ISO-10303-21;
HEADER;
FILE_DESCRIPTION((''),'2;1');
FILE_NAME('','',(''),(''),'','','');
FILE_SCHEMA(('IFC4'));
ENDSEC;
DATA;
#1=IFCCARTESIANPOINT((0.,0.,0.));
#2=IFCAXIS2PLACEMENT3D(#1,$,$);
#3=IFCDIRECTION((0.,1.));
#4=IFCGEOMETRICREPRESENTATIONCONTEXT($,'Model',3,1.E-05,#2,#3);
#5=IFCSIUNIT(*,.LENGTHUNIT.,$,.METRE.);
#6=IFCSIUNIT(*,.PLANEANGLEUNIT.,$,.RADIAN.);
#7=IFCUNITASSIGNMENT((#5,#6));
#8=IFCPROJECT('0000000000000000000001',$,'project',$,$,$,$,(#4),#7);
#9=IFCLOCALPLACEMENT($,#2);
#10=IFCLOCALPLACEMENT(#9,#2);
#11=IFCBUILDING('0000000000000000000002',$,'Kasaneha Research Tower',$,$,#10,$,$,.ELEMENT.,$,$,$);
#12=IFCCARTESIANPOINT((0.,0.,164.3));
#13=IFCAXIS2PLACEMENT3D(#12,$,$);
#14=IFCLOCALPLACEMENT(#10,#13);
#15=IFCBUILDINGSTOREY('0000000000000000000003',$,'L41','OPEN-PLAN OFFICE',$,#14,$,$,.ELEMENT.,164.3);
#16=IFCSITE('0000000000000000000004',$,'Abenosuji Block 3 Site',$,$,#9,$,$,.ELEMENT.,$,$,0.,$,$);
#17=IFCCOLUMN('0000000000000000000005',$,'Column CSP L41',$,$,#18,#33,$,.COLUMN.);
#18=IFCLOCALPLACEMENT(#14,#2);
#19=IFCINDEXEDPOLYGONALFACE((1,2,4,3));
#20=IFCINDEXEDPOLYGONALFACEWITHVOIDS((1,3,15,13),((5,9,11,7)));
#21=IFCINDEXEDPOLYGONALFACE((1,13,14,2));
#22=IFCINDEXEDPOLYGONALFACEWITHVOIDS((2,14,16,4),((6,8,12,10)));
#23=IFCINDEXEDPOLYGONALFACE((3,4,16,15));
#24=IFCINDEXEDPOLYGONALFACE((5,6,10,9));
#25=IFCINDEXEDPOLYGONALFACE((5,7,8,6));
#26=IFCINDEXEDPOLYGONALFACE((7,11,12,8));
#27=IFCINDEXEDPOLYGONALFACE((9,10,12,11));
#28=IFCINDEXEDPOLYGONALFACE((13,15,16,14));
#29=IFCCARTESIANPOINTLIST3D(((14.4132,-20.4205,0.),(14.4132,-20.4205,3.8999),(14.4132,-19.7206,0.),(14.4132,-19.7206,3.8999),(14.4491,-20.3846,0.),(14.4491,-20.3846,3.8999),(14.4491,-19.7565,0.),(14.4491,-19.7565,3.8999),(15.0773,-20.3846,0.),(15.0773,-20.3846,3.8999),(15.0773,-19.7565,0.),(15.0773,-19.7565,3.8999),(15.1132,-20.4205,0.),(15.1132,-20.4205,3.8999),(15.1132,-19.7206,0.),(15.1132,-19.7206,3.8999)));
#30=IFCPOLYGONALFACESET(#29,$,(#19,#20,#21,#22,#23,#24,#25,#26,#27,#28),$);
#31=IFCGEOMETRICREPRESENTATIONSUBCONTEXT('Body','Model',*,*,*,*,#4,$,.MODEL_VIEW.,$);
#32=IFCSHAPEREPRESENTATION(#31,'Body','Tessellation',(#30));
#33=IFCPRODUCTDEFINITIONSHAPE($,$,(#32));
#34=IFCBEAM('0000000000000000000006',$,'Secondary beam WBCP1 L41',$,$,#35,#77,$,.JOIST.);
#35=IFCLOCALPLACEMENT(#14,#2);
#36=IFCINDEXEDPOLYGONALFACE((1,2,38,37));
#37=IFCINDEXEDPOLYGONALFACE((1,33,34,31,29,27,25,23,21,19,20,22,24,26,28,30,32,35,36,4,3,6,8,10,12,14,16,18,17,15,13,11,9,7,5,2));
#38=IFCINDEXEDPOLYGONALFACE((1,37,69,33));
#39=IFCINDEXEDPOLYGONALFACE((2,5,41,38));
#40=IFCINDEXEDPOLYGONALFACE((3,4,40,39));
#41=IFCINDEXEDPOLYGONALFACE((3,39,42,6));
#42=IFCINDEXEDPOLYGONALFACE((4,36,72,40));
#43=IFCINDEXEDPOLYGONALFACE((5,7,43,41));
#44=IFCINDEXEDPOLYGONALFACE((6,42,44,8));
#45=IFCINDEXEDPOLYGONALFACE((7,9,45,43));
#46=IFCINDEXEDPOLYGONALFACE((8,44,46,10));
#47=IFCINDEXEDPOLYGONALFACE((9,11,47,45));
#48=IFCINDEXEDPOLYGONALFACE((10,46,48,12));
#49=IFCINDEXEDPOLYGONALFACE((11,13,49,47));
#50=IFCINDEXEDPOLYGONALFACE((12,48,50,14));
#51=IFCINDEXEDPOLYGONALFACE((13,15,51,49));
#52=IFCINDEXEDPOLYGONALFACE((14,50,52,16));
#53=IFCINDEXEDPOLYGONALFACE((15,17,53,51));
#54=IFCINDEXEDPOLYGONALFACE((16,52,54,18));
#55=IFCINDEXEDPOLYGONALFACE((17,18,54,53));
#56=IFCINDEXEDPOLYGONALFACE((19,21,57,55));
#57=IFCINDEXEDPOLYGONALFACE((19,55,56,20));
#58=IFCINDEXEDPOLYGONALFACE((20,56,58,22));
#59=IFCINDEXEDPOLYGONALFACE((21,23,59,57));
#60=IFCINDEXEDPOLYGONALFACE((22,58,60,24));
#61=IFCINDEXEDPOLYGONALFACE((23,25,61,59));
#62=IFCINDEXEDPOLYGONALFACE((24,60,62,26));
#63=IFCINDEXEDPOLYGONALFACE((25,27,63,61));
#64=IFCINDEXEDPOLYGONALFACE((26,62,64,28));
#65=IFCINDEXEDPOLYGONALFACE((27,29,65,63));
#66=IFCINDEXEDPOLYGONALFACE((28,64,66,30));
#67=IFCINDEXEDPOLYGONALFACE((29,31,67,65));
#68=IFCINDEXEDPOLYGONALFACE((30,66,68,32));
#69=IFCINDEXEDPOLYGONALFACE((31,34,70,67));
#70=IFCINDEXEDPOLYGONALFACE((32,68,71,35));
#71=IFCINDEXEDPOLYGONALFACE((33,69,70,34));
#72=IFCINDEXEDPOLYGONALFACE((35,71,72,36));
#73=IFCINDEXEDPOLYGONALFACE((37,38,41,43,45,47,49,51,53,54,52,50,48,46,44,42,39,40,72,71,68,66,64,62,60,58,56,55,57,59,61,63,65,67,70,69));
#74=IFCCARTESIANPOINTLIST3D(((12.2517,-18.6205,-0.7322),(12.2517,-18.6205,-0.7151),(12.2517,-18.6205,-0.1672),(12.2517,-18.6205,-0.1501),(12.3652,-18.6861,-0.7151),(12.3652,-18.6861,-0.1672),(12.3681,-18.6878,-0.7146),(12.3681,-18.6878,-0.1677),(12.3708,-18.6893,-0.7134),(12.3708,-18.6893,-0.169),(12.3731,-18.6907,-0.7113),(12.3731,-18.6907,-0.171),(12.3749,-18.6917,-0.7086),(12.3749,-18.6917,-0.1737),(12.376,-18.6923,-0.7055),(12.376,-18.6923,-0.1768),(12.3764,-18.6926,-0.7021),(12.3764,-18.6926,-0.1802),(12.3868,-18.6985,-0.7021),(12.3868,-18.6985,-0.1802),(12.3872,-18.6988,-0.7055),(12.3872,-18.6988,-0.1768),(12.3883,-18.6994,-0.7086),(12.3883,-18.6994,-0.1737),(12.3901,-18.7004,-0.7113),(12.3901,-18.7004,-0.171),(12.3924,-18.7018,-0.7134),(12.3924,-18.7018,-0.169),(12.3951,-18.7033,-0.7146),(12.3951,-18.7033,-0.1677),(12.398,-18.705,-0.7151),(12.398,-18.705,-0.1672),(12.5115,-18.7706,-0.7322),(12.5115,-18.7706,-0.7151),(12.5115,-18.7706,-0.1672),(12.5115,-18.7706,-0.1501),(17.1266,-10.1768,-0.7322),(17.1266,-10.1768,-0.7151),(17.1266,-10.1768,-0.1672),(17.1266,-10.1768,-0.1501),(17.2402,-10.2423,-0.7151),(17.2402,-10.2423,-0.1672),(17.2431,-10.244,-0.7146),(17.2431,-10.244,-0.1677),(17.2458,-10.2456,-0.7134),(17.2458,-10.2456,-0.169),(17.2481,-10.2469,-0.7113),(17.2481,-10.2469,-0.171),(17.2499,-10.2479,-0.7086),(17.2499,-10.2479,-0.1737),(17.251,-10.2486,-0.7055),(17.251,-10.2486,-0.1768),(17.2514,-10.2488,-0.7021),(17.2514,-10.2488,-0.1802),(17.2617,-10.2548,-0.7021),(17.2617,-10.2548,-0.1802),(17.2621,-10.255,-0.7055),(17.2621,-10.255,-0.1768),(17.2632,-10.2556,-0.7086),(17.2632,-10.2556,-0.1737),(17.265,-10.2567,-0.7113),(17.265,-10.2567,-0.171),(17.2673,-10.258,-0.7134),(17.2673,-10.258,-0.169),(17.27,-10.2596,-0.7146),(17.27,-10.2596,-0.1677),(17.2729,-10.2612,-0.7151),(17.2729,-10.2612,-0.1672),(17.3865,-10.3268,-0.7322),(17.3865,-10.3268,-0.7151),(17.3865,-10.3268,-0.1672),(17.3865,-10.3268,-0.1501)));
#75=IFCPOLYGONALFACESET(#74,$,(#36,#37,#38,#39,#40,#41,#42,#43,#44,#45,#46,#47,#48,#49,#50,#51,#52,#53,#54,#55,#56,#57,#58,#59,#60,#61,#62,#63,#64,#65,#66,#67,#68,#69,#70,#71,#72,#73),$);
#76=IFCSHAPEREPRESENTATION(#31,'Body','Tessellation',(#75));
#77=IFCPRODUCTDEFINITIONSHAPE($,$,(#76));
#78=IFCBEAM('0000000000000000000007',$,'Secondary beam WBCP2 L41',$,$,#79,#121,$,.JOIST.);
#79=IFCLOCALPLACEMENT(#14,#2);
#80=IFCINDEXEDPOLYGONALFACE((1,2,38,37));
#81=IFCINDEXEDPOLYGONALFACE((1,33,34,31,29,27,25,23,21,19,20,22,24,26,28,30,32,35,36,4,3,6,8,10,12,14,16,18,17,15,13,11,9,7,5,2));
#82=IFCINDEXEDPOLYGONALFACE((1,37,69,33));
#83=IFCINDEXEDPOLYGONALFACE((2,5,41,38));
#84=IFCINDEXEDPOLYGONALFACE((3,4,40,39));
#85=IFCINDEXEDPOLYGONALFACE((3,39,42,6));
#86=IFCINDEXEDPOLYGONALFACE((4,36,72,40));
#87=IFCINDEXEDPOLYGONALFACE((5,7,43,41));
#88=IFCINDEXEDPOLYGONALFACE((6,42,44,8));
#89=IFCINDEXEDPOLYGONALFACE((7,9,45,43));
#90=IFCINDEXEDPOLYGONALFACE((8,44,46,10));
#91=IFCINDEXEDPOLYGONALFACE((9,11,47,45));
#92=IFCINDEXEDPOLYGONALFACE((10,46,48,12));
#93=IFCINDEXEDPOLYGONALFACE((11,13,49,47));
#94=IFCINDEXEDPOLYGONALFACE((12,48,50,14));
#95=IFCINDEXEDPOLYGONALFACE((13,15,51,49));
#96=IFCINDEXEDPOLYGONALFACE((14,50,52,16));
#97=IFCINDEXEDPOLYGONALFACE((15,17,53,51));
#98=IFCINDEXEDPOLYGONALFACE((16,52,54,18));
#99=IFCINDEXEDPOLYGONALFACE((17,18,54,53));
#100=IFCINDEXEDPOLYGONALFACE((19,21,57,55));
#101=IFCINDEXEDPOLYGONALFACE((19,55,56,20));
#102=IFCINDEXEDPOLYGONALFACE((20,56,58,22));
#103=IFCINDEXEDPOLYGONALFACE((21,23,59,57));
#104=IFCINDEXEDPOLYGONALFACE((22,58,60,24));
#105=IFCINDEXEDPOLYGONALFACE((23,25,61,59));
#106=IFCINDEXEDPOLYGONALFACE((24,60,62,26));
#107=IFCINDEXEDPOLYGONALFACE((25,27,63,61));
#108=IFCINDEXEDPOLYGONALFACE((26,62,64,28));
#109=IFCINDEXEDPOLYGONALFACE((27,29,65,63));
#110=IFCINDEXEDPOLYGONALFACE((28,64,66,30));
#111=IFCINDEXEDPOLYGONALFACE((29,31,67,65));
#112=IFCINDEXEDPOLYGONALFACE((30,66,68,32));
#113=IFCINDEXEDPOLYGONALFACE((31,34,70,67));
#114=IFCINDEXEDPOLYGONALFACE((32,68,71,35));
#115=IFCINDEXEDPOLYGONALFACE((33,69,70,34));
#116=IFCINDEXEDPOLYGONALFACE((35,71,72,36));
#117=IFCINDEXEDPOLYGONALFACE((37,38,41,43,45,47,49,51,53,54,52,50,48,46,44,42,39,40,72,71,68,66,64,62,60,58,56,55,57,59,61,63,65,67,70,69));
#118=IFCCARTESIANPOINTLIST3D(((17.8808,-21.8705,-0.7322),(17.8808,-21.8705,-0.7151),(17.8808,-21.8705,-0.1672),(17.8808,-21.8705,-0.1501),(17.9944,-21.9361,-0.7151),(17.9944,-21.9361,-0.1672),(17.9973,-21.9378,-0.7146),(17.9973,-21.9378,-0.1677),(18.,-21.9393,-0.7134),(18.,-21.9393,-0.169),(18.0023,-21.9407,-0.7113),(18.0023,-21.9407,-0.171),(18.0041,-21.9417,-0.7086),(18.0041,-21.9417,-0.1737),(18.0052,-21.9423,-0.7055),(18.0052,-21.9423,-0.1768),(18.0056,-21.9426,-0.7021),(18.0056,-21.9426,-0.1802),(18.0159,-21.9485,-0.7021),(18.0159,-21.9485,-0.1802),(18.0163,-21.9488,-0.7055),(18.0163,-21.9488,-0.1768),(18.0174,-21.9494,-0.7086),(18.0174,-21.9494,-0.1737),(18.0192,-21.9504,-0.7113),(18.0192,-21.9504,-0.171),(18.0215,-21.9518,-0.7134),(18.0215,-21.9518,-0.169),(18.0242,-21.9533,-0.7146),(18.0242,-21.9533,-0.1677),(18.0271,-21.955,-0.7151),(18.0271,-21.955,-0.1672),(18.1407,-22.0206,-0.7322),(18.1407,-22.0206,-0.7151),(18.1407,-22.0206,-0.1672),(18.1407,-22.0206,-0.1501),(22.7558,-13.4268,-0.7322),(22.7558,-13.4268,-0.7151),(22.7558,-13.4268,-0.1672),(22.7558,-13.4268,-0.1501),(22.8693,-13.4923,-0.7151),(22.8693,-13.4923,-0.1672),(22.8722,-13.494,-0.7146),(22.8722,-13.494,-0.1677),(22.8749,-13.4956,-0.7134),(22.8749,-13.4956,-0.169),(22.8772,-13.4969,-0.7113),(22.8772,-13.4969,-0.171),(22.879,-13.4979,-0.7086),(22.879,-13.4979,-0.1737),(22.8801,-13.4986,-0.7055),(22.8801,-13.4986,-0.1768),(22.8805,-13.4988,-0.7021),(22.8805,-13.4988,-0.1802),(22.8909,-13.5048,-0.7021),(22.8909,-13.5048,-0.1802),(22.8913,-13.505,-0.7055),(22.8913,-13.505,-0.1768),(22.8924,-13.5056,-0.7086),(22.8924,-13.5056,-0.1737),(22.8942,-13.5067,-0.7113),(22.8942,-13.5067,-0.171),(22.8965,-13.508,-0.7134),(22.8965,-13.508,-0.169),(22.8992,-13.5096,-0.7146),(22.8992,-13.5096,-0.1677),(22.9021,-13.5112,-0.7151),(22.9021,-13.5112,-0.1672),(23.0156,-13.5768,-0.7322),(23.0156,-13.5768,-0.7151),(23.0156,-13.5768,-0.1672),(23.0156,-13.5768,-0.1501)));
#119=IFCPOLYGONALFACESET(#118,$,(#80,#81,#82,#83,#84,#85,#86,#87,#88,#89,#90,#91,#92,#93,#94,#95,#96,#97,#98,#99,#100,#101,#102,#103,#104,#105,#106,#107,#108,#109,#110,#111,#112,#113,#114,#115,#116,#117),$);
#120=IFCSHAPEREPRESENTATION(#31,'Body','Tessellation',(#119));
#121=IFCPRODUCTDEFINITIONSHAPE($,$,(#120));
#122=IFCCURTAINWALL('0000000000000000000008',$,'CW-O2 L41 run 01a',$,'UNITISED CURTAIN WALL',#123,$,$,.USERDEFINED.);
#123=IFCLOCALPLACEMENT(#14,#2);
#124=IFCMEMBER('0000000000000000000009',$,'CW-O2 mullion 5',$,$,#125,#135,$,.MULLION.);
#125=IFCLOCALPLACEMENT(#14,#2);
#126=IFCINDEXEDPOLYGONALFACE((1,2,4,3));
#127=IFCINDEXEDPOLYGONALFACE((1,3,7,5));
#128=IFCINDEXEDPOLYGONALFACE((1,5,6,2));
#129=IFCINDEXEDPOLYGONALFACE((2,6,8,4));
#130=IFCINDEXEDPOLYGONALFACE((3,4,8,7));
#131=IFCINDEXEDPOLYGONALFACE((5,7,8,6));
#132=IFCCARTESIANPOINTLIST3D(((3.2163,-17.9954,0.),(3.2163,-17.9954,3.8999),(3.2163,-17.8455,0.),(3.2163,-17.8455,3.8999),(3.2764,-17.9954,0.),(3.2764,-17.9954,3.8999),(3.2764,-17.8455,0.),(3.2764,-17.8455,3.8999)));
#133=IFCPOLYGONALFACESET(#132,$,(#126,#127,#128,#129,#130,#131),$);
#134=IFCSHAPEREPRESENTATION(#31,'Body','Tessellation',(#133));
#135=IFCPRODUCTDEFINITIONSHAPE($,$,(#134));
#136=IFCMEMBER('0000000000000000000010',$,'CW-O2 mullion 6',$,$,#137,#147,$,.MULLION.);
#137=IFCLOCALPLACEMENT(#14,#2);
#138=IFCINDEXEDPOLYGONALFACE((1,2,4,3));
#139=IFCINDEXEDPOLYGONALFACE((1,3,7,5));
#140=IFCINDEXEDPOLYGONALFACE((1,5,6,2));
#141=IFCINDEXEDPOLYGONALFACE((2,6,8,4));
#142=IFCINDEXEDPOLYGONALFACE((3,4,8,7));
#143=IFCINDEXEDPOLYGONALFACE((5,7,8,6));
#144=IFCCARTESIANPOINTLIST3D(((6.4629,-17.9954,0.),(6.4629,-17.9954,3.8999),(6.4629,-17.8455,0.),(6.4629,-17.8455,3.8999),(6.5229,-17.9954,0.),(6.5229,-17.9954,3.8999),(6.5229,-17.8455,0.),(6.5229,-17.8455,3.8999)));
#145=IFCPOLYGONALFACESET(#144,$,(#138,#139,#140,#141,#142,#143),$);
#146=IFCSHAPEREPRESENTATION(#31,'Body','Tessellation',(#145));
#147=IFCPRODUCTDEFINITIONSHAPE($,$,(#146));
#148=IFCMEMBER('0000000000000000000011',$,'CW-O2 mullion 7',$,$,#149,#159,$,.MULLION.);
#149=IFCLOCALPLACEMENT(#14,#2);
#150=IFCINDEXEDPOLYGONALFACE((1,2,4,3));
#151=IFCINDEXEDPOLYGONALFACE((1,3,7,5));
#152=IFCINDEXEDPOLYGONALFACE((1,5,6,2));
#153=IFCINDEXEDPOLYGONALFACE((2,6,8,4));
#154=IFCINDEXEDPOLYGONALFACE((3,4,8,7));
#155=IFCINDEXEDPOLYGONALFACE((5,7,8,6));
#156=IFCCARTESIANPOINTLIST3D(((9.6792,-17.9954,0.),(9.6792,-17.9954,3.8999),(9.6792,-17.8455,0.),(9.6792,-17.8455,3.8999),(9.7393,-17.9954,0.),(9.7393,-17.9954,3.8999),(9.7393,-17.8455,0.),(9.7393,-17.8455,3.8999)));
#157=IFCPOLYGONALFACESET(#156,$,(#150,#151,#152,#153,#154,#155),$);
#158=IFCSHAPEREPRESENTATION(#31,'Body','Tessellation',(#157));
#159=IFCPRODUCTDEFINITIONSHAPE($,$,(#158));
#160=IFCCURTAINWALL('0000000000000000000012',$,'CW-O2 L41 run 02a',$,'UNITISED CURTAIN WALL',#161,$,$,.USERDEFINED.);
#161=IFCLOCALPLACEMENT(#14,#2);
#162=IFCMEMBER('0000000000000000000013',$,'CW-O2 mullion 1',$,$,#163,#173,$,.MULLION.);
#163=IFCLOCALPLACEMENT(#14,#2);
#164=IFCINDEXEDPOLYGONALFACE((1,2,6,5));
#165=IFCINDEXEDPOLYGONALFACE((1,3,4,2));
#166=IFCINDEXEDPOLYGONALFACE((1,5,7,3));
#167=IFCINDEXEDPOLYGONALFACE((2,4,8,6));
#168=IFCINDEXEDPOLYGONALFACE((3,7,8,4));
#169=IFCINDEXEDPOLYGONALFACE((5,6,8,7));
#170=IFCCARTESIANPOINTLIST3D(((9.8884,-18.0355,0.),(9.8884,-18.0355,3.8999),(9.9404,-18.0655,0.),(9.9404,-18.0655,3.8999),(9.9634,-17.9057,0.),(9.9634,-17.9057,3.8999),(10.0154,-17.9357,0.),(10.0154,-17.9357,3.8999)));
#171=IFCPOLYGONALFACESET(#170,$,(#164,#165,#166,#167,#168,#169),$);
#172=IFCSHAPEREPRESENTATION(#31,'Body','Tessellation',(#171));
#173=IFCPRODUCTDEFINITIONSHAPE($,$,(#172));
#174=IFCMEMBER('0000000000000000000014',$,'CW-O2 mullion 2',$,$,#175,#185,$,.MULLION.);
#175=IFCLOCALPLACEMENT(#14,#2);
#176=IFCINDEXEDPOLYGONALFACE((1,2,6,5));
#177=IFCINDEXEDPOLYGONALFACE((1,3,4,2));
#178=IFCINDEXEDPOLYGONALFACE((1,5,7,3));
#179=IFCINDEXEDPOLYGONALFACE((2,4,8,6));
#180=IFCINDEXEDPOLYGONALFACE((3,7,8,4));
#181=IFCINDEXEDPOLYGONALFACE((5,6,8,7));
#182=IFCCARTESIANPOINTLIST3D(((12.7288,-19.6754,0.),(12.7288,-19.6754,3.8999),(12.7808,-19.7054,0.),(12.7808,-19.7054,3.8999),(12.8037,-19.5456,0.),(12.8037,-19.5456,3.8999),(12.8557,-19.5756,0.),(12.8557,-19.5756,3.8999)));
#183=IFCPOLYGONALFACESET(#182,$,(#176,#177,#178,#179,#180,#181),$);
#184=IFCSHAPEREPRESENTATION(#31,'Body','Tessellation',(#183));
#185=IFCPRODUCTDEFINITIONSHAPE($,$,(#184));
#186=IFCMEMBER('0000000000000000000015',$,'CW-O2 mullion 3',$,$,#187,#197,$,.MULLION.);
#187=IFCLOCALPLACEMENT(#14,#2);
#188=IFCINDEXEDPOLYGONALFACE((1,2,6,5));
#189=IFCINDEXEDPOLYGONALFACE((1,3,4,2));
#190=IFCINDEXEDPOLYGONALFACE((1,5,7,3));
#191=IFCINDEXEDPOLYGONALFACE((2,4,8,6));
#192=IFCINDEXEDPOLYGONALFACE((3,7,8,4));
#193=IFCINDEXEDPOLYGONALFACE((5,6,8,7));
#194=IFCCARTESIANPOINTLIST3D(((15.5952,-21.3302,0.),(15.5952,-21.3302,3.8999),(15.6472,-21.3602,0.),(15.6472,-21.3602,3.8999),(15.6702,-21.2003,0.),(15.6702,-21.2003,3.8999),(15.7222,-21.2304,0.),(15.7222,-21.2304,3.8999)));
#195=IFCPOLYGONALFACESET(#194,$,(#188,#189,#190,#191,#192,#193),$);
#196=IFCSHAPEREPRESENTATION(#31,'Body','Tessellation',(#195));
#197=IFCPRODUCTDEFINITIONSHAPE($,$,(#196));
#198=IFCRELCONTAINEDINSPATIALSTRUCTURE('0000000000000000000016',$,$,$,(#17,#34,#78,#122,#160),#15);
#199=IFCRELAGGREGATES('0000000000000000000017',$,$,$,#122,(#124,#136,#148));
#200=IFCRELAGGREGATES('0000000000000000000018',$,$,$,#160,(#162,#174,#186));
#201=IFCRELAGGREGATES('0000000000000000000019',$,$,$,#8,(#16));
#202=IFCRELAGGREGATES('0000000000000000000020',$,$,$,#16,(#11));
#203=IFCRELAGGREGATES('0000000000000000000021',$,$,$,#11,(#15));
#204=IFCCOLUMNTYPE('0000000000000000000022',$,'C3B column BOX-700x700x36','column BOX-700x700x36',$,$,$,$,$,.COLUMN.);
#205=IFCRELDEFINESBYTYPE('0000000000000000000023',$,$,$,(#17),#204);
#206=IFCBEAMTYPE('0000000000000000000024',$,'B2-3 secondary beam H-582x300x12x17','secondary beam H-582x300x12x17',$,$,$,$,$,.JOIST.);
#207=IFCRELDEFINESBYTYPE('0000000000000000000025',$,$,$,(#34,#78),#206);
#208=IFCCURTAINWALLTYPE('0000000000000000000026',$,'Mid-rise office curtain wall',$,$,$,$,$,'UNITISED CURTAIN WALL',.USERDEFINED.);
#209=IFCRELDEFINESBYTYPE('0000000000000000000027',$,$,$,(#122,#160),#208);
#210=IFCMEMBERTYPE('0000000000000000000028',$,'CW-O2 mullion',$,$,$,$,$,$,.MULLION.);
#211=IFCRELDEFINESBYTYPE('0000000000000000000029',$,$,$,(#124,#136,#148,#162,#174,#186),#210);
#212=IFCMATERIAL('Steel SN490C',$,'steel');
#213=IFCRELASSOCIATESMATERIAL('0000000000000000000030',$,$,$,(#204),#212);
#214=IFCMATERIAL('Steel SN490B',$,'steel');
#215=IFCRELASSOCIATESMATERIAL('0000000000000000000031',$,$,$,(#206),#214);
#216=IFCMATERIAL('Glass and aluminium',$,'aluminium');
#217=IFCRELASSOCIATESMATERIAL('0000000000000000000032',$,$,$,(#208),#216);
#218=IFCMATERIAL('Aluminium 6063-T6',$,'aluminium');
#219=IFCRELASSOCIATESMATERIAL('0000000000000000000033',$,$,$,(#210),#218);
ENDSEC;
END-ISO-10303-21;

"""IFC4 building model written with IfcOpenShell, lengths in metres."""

from ifc_helpers import new_model, si_unit, direction, frame, origin, origin_2d, place, context, subcontext, project, spatial, rectangle, hollow_rectangle, i_section, extrude, material, material_profile, profile_set, type_object, element, aggregate, save


model = new_model("IFC4")

# Units and contexts
model_context = context("Model", 3, precision=1e-05, world=origin(), true_north=direction((0.0, 1.0)))
body_context = subcontext(model_context, "Body", "Model", "MODEL_VIEW")
ifc_project = project(units=[si_unit("LENGTHUNIT", "METRE"), si_unit("PLANEANGLEUNIT", "RADIAN")], contexts=[model_context])

# Site, building, storey
site_placement = place(None, origin())
site = spatial("IfcSite", under=ifc_project, at=site_placement, Name="Abenosuji Block 3 Site", CompositionType="ELEMENT", RefElevation=0.0)
building_placement = place(site_placement, origin())
building = spatial("IfcBuilding", under=site, at=building_placement, Name="Kasaneha Research Tower", CompositionType="ELEMENT")
storey_placement = place(building_placement, frame((0.0, 0.0, 164.3)))
storey = spatial("IfcBuildingStorey", under=building, at=storey_placement, Name="L41", Description="OPEN-PLAN OFFICE", CompositionType="ELEMENT", Elevation=164.3)

# Column
ifc_material_1 = material(Name="Steel SN490C", Category="steel")
ifc_material_profile_1 = material_profile(ifc_material_1, hollow_rectangle(XDim=0.7, YDim=0.7, WallThickness=0.0359, at=origin_2d()), Name="BOX-700x700x36")
ifc_profile_set_1 = profile_set([ifc_material_profile_1], Name="Steel SN490C")
column_type = type_object("IfcColumnType", Name="C3B column BOX-700x700x36", Description="column BOX-700x700x36", PredefinedType="COLUMN", material=ifc_profile_set_1)
column_placement = place(storey_placement, frame((14.7632, -20.0706, 0.0), z_axis=(0.0, 0.0, 1.0), x_axis=(1.0, 0.0, 0.0)))
element("IfcColumn", 1, at=column_placement, inside=storey, type_object=column_type, Name="Column CSP L41", PredefinedType="COLUMN", context=body_context, shape_type="SweptSolid", body=[
    extrude(hollow_rectangle(XDim=0.7, YDim=0.7, WallThickness=0.0359, at=origin_2d()), origin(), (0.0, 0.0, 1.0), 3.8999),
])

# Beams
ifc_material_2 = material(Name="Steel SN490B", Category="steel")
ifc_material_profile_2 = material_profile(ifc_material_2, i_section(OverallWidth=0.3, OverallDepth=0.582, WebThickness=0.012, FlangeThickness=0.0171, FilletRadius=0.0129, at=origin_2d()), Name="H-582x300x12x17")
ifc_profile_set_2 = profile_set([ifc_material_profile_2], Name="Steel SN490B")
beam_type_1 = type_object("IfcBeamType", Name="B2-3 secondary beam H-582x300x12x17", Description="secondary beam H-582x300x12x17", PredefinedType="JOIST", material=ifc_profile_set_2)
for number, where, z_axis, x_axis, name in (
    (2, (12.3816, -18.6956, -0.4412), (0.499996, 0.866028, 0.0), (-0.866028, 0.499996, 0.0), "Secondary beam WBCP1 L41"),
    (3, (18.0107, -21.9456, -0.4412), (0.499996, 0.866028, 0.0), (-0.866028, 0.499996, 0.0), "Secondary beam WBCP2 L41"),
):
    element("IfcBeam", number, at=place(storey_placement, frame(where, z_axis=z_axis, x_axis=x_axis)), inside=storey, type_object=beam_type_1, Name=name, PredefinedType="JOIST", context=body_context, shape_type="SweptSolid", body=[
        extrude(i_section(OverallWidth=0.3, OverallDepth=0.582, WebThickness=0.012, FlangeThickness=0.0171, FilletRadius=0.0129, at=origin_2d()), origin(), (0.0, 0.0, 1.0), 9.75),
    ])

# Curtain walls, members
ifc_material_3 = material(Name="Glass and aluminium", Category="aluminium")
curtain_wall_type = type_object("IfcCurtainWallType", Name="Mid-rise office curtain wall", ElementType="UNITISED CURTAIN WALL", PredefinedType="USERDEFINED", material=ifc_material_3)
curtain_wall_1_placement = place(storey_placement, origin())
curtain_wall_1 = element("IfcCurtainWall", 4, at=curtain_wall_1_placement, inside=storey, type_object=curtain_wall_type, Name="CW-O2 L41 run 01a", ObjectType="UNITISED CURTAIN WALL", PredefinedType="USERDEFINED")
ifc_material_4 = material(Name="Aluminium 6063-T6", Category="aluminium")
ifc_material_profile_3 = material_profile(ifc_material_4, rectangle(XDim=0.0601, YDim=0.1499, at=origin_2d()), Name="CW-O2 mullion 60x150")
ifc_profile_set_3 = profile_set([ifc_material_profile_3], Name="Aluminium 6063-T6")
member_type_1 = type_object("IfcMemberType", Name="CW-O2 mullion", PredefinedType="MULLION", material=ifc_profile_set_3)
member_1_placement = place(storey_placement, frame((3.2463, -17.9204, 0.0), z_axis=(0.0, 0.0, 1.0), x_axis=(1.0, 0.0, 0.0)))
member_1 = element("IfcMember", 5, at=member_1_placement, type_object=member_type_1, Name="CW-O2 mullion 5", PredefinedType="MULLION", context=body_context, shape_type="SweptSolid", body=[
    extrude(rectangle(XDim=0.0601, YDim=0.1499, at=origin_2d()), origin(), (0.0, 0.0, 1.0), 3.8999),
])
member_2_placement = place(storey_placement, frame((6.4929, -17.9204, 0.0), z_axis=(0.0, 0.0, 1.0), x_axis=(1.0, 0.0, 0.0)))
member_2 = element("IfcMember", 6, at=member_2_placement, type_object=member_type_1, Name="CW-O2 mullion 6", PredefinedType="MULLION", context=body_context, shape_type="SweptSolid", body=[
    extrude(rectangle(XDim=0.0601, YDim=0.1499, at=origin_2d()), origin(), (0.0, 0.0, 1.0), 3.8999),
])
member_3_placement = place(storey_placement, frame((9.7092, -17.9204, 0.0), z_axis=(0.0, 0.0, 1.0), x_axis=(1.0, 0.0, 0.0)))
member_3 = element("IfcMember", 7, at=member_3_placement, type_object=member_type_1, Name="CW-O2 mullion 7", PredefinedType="MULLION", context=body_context, shape_type="SweptSolid", body=[
    extrude(rectangle(XDim=0.0601, YDim=0.1499, at=origin_2d()), origin(), (0.0, 0.0, 1.0), 3.8999),
])
curtain_wall_2_placement = place(storey_placement, origin())
curtain_wall_2 = element("IfcCurtainWall", 8, at=curtain_wall_2_placement, inside=storey, type_object=curtain_wall_type, Name="CW-O2 L41 run 02a", ObjectType="UNITISED CURTAIN WALL", PredefinedType="USERDEFINED")
member_4_placement = place(storey_placement, frame((9.9519, -17.9856, 0.0), z_axis=(0.0, 0.0, 1.0), x_axis=(0.866025, -0.5, 0.0)))
member_4 = element("IfcMember", 9, at=member_4_placement, type_object=member_type_1, Name="CW-O2 mullion 1", PredefinedType="MULLION", context=body_context, shape_type="SweptSolid", body=[
    extrude(rectangle(XDim=0.0601, YDim=0.1499, at=origin_2d()), origin(), (0.0, 0.0, 1.0), 3.8999),
])
member_5_placement = place(storey_placement, frame((12.7922, -19.6255, 0.0), z_axis=(0.0, 0.0, 1.0), x_axis=(0.866025, -0.5, 0.0)))
member_5 = element("IfcMember", 10, at=member_5_placement, type_object=member_type_1, Name="CW-O2 mullion 2", PredefinedType="MULLION", context=body_context, shape_type="SweptSolid", body=[
    extrude(rectangle(XDim=0.0601, YDim=0.1499, at=origin_2d()), origin(), (0.0, 0.0, 1.0), 3.8999),
])
member_6_placement = place(storey_placement, frame((15.6587, -21.2803, 0.0), z_axis=(0.0, 0.0, 1.0), x_axis=(0.866025, -0.5, 0.0)))
member_6 = element("IfcMember", 11, at=member_6_placement, type_object=member_type_1, Name="CW-O2 mullion 3", PredefinedType="MULLION", context=body_context, shape_type="SweptSolid", body=[
    extrude(rectangle(XDim=0.0601, YDim=0.1499, at=origin_2d()), origin(), (0.0, 0.0, 1.0), 3.8999),
])

aggregate(curtain_wall_1, [member_1, member_2, member_3])
aggregate(curtain_wall_2, [member_4, member_5, member_6])

save(model, "model.ifc")
